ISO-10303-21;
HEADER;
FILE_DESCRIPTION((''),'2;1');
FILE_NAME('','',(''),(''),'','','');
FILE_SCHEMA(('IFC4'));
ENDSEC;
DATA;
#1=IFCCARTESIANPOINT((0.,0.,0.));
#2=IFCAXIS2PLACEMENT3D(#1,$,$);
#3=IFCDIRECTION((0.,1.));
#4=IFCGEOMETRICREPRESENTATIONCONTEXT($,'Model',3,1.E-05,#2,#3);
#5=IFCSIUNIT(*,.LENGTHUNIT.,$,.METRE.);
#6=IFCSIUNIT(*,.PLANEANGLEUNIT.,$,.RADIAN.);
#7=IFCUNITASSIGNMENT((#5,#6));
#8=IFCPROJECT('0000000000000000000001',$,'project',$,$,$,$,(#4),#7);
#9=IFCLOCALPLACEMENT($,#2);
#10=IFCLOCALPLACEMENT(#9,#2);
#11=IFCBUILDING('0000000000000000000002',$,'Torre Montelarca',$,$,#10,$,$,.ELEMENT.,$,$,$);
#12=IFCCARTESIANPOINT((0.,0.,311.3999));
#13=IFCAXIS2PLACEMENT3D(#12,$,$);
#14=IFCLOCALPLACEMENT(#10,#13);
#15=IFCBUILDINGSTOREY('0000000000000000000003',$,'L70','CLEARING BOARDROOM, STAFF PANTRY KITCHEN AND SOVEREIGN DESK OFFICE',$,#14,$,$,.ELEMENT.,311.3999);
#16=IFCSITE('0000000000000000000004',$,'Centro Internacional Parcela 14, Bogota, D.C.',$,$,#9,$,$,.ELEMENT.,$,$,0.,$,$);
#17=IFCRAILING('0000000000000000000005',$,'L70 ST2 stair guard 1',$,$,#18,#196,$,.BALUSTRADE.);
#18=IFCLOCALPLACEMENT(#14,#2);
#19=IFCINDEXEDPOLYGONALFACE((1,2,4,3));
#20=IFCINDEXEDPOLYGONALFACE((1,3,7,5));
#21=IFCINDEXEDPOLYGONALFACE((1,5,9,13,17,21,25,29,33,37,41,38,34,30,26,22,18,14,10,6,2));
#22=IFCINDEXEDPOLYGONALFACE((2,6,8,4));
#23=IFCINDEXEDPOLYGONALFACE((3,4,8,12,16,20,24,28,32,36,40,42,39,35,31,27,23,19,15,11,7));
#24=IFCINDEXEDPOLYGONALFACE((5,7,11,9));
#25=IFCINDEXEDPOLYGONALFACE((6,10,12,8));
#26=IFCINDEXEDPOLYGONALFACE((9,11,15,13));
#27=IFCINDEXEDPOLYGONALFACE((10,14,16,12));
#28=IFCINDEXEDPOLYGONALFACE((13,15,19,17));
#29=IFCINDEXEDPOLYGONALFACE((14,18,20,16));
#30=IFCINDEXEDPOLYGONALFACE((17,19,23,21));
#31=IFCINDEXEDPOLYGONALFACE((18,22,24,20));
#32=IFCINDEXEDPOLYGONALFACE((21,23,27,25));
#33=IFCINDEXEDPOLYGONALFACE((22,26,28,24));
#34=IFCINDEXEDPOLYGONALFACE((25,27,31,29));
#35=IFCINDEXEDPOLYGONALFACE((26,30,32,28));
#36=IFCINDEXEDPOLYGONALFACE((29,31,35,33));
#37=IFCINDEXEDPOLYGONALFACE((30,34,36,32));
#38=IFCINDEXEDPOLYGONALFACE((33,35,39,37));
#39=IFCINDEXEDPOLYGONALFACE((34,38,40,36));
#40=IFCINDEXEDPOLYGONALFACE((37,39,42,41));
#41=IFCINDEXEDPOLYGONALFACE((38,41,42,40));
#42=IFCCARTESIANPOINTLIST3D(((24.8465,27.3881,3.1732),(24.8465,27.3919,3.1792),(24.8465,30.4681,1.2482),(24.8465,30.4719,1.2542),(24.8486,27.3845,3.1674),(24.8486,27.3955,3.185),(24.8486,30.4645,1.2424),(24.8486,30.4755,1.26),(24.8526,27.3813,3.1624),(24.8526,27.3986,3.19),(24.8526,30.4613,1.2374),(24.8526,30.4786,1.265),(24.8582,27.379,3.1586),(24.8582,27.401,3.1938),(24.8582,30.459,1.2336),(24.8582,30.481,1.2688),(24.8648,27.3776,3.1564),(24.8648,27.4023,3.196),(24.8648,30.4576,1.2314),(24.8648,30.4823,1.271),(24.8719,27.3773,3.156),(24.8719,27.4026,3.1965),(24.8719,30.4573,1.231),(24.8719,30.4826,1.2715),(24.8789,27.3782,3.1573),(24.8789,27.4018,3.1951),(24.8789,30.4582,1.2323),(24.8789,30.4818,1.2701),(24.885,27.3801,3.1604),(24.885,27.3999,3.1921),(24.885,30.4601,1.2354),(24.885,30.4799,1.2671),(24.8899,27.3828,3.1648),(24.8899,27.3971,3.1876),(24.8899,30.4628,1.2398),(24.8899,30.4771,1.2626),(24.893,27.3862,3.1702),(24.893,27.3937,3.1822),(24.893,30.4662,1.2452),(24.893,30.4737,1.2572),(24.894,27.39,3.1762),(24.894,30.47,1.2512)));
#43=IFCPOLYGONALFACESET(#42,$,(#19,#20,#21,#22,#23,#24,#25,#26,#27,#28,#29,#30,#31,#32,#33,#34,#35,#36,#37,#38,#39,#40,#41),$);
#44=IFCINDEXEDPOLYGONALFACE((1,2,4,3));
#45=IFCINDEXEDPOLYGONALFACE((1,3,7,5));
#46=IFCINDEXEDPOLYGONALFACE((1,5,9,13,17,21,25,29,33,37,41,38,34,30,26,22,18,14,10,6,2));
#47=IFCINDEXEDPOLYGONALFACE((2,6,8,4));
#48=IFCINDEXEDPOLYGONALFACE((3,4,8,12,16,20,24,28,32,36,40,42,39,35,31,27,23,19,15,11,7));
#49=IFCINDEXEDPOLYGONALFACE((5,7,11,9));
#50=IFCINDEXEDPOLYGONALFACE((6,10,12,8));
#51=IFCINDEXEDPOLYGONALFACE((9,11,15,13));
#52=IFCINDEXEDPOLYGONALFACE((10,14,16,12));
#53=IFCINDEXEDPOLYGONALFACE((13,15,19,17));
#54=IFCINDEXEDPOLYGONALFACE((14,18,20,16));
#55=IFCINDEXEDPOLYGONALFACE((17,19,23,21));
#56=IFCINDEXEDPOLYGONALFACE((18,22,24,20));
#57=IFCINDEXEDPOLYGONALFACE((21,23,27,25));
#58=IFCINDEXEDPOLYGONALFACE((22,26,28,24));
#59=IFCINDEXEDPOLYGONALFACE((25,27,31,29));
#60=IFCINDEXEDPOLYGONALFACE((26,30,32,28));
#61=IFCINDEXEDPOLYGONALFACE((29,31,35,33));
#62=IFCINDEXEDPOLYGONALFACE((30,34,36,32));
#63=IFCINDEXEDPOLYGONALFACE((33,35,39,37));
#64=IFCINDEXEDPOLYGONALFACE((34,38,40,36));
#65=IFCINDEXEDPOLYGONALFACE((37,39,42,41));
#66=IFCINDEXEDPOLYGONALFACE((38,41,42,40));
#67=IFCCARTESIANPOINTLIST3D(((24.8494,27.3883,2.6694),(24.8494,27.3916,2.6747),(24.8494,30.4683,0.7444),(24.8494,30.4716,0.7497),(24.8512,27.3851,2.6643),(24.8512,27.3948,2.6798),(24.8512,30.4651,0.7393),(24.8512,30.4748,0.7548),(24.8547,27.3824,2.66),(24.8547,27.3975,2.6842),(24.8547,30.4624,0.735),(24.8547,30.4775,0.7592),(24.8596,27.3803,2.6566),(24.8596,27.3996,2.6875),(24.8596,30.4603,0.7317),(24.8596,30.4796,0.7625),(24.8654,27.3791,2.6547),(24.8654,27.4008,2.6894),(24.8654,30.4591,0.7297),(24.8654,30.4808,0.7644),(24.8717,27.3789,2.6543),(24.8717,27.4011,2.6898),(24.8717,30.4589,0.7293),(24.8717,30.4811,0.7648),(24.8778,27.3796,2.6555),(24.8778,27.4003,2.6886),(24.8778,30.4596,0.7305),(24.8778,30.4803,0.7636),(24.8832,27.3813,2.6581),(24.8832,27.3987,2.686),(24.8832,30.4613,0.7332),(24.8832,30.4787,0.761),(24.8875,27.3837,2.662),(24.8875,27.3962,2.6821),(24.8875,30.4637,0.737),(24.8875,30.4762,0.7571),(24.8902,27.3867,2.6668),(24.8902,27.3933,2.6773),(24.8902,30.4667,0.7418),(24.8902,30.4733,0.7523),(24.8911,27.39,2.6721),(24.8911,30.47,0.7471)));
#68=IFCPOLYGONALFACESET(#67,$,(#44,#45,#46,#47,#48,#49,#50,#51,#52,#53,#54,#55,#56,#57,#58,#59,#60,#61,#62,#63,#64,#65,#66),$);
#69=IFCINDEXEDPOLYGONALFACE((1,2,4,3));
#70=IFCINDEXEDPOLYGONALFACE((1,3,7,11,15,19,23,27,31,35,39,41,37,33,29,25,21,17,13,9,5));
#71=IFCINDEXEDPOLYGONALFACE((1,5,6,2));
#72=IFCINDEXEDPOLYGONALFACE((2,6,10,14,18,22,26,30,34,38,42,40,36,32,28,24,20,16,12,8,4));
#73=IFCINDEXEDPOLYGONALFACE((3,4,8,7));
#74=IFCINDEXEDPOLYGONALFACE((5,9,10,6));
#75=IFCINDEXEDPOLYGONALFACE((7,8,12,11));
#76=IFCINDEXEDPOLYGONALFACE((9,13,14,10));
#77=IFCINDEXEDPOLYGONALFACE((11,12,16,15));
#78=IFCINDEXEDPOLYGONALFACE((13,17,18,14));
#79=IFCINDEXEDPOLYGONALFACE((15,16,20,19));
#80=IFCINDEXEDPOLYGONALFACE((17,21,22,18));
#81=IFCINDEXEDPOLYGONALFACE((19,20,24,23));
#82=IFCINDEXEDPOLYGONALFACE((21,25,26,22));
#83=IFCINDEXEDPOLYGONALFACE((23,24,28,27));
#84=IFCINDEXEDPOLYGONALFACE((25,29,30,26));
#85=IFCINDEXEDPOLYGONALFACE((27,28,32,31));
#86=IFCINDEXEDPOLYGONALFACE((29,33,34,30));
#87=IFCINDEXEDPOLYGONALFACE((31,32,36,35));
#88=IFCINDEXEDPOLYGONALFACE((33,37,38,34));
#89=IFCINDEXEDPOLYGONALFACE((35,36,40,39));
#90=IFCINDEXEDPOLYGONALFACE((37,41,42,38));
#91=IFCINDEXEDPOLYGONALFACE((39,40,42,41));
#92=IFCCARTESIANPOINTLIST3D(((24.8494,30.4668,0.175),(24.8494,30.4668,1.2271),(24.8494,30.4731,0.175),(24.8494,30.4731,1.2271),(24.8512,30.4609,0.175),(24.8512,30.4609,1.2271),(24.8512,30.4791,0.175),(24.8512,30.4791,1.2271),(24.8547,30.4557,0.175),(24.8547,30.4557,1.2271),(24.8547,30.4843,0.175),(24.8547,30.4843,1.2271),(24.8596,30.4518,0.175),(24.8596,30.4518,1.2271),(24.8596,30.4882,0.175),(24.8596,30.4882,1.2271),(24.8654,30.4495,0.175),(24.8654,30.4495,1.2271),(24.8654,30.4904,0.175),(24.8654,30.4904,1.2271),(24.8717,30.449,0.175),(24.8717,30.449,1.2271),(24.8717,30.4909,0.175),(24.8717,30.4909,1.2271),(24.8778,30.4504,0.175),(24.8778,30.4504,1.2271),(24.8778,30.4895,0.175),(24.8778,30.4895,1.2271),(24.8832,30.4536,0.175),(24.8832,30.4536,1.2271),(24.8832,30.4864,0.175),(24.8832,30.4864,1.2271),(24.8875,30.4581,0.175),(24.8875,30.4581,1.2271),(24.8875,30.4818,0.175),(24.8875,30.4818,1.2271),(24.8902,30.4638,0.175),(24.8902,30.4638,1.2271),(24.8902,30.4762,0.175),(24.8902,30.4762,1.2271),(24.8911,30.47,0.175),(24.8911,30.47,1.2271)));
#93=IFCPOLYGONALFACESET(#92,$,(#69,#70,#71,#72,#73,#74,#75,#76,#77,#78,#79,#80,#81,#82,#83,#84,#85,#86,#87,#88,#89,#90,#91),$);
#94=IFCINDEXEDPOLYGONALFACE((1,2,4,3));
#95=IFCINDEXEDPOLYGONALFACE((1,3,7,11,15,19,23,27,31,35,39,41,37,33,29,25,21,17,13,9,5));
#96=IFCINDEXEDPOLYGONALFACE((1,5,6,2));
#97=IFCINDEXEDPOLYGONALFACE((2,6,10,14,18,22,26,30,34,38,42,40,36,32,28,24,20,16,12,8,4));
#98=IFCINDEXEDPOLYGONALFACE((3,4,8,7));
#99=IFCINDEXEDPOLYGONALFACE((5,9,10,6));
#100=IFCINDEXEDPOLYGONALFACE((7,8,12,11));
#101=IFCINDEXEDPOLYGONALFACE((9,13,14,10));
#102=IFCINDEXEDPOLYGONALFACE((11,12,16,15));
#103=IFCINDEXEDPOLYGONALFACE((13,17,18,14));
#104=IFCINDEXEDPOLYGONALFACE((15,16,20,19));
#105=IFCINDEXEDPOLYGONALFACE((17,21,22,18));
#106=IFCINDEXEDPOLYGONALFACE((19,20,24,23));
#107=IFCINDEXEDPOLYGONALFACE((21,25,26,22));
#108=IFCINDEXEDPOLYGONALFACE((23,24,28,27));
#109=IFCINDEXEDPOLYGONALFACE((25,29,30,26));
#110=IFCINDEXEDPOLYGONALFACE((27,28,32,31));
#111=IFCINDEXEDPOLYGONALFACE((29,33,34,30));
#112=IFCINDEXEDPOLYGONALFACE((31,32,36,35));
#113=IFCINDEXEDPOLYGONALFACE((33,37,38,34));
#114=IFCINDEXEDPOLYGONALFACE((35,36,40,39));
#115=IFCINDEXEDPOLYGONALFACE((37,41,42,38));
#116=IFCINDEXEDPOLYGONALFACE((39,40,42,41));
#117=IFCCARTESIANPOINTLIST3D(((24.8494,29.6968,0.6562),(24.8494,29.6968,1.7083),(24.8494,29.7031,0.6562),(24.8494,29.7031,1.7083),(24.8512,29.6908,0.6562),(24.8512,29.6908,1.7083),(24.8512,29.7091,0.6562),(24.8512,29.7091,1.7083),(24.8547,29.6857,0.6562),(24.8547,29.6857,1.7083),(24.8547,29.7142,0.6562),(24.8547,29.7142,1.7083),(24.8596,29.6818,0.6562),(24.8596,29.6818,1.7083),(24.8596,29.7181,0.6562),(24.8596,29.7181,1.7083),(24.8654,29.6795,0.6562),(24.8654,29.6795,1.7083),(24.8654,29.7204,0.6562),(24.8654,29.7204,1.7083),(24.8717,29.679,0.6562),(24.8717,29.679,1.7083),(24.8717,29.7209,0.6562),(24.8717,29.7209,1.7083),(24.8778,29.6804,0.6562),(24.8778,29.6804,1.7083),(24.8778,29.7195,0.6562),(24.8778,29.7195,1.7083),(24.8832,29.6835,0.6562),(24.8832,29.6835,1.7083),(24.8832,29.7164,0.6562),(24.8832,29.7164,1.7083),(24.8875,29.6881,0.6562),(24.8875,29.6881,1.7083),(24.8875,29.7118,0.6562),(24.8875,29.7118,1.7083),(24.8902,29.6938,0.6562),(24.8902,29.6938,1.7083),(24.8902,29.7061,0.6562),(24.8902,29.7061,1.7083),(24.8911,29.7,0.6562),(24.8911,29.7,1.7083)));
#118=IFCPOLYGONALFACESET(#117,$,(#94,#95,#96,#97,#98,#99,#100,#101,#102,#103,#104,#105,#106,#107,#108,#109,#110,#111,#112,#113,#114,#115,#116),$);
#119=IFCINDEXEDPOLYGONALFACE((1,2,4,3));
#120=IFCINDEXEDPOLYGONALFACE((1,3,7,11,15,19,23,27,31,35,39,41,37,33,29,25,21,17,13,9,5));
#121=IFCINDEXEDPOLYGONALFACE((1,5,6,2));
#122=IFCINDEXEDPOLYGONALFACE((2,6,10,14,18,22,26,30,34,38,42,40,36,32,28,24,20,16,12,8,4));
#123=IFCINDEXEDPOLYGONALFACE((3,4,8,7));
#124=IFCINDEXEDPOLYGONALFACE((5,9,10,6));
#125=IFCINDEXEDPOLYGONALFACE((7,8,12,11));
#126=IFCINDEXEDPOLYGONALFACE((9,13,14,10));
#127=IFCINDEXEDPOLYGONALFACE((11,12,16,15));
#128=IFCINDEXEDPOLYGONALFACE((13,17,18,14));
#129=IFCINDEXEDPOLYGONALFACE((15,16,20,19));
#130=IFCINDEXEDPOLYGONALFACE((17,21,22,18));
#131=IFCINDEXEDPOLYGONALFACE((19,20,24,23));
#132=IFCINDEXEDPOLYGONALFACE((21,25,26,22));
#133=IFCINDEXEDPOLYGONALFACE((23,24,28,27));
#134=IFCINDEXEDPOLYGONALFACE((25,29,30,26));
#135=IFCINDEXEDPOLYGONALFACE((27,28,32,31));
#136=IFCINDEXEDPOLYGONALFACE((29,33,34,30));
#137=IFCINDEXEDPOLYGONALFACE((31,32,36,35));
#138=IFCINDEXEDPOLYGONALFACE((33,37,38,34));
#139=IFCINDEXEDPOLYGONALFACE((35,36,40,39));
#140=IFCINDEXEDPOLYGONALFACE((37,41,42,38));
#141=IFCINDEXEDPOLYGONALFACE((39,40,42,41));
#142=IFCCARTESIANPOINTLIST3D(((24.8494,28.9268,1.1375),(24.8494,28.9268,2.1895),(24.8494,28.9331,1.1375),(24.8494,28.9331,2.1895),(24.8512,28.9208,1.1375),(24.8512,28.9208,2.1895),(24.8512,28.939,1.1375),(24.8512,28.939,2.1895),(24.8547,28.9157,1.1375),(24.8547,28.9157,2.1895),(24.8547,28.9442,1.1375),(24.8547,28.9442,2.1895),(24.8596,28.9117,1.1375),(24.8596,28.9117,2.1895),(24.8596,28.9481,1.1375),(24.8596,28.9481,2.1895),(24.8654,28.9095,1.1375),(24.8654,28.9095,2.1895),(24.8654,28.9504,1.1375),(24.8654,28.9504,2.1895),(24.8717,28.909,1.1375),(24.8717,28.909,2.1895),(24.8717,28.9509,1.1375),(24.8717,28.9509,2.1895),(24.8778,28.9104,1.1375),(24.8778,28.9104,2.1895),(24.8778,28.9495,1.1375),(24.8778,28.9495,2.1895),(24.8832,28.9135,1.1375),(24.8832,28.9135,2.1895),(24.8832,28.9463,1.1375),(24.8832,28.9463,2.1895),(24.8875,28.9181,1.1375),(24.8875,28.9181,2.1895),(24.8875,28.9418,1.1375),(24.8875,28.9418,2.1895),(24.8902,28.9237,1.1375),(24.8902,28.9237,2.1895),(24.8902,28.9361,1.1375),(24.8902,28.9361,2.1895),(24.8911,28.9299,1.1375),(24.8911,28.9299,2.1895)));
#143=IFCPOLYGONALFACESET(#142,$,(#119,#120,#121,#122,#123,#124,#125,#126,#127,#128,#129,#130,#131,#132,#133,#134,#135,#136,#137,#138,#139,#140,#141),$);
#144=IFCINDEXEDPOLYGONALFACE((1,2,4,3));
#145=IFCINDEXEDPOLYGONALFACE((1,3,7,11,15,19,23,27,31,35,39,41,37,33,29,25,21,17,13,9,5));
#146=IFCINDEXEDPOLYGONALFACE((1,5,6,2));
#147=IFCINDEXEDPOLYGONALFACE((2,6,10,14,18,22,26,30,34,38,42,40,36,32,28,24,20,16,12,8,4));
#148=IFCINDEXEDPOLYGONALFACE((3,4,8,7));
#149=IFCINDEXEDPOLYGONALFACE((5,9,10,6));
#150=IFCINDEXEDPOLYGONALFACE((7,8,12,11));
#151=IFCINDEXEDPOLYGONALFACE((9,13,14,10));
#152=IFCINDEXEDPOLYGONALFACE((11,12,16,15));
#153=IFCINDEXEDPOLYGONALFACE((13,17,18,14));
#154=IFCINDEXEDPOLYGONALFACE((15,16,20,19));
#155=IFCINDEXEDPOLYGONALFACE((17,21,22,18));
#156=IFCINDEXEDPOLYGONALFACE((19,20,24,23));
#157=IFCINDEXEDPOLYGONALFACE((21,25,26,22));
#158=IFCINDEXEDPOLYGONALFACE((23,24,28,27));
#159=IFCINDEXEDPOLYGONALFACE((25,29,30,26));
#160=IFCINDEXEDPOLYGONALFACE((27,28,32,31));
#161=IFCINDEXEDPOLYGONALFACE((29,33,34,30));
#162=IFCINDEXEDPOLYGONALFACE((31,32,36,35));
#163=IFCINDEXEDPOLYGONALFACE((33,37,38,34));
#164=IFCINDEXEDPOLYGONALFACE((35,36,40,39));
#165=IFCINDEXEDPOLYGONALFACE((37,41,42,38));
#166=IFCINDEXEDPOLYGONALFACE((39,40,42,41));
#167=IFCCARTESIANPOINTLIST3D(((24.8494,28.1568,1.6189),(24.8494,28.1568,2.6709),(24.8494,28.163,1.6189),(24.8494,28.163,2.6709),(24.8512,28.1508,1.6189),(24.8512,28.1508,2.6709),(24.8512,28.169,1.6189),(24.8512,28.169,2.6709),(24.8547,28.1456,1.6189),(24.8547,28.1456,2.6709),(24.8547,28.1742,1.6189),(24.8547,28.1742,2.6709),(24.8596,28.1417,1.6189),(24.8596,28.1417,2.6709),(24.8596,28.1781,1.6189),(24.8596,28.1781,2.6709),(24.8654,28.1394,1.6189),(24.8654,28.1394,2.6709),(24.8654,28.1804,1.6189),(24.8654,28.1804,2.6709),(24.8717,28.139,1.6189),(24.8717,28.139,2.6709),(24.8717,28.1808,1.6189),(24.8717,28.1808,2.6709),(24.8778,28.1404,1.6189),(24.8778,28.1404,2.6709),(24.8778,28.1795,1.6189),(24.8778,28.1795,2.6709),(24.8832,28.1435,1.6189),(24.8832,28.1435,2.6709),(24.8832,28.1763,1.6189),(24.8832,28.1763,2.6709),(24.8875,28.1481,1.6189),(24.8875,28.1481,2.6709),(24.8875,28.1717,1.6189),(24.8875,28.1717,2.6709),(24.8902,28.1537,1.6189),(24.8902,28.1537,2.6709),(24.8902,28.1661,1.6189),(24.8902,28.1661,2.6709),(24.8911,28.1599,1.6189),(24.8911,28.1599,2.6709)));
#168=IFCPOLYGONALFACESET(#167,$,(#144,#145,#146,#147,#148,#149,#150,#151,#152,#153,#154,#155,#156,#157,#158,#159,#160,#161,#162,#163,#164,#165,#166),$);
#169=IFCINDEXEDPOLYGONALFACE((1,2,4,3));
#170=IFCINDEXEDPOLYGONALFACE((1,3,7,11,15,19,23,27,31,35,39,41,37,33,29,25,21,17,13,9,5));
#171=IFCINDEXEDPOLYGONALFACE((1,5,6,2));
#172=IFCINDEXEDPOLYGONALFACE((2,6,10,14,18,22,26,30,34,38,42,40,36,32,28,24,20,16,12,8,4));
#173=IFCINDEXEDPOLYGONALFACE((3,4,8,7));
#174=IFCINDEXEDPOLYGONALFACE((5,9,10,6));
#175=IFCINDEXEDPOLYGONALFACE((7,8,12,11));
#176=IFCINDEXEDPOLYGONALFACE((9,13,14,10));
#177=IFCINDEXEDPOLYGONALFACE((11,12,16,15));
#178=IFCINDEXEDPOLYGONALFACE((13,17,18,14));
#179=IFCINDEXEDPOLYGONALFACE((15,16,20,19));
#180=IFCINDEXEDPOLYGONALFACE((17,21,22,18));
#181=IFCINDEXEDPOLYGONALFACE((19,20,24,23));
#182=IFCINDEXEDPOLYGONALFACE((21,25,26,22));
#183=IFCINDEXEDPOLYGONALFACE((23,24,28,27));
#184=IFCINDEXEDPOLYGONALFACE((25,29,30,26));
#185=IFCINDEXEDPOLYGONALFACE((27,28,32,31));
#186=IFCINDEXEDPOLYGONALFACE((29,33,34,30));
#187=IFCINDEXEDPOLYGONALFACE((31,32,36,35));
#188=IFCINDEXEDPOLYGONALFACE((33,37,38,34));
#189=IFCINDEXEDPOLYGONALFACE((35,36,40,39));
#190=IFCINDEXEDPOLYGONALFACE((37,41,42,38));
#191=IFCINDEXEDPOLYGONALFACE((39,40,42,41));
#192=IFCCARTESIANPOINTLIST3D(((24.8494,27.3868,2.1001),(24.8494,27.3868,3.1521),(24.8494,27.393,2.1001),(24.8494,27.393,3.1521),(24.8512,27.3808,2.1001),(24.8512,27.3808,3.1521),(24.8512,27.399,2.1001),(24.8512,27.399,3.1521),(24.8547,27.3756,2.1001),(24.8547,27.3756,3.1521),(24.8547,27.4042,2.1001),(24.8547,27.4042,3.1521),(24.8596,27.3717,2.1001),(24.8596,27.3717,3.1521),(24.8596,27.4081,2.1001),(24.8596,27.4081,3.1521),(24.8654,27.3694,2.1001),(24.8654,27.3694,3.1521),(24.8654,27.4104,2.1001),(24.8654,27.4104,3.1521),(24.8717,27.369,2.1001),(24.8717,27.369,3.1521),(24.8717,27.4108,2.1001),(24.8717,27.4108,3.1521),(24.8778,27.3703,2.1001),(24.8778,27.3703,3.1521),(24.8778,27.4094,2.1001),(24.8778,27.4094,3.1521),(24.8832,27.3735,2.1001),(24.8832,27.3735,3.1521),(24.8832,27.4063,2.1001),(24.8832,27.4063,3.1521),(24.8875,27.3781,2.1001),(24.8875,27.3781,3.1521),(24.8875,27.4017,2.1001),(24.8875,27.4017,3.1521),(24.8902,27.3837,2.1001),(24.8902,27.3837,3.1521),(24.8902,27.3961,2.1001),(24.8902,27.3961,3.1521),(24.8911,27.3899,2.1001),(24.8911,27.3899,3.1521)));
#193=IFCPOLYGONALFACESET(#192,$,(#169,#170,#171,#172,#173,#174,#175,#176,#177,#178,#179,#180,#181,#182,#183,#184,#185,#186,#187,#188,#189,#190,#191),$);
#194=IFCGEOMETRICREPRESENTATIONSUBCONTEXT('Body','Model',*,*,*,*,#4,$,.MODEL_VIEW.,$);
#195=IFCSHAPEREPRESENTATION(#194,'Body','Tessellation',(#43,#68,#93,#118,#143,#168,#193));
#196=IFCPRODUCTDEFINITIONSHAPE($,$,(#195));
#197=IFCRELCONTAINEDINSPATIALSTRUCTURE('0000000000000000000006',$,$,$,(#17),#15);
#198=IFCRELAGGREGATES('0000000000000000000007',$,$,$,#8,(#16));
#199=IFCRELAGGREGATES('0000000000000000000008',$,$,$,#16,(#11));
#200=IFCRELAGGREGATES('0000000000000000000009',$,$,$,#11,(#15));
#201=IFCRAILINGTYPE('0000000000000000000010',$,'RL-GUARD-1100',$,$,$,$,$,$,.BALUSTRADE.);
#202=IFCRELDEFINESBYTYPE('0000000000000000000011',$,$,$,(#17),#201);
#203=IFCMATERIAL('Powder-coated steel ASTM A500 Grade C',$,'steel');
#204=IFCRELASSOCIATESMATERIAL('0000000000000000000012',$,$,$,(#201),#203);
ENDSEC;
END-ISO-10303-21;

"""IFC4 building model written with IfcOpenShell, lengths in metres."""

from ifc_helpers import new_model, si_unit, direction, frame, origin, origin_2d, place, context, subcontext, project, spatial, circle, extrude, material, type_object, element, save


model = new_model("IFC4")

# Units and contexts
model_context = context("Model", 3, precision=1e-05, world=origin(), true_north=direction((0.0, 1.0)))
body_context = subcontext(model_context, "Body", "Model", "MODEL_VIEW")
ifc_project = project(units=[si_unit("LENGTHUNIT", "METRE"), si_unit("PLANEANGLEUNIT", "RADIAN")], contexts=[model_context])

# Site, building, storey
site_placement = place(None, origin())
site = spatial("IfcSite", under=ifc_project, at=site_placement, Name="Centro Internacional Parcela 14, Bogota, D.C.", CompositionType="ELEMENT", RefElevation=0.0)
building_placement = place(site_placement, origin())
building = spatial("IfcBuilding", under=site, at=building_placement, Name="Torre Montelarca", CompositionType="ELEMENT")
storey_placement = place(building_placement, frame((0.0, 0.0, 311.3999)))
storey = spatial("IfcBuildingStorey", under=building, at=storey_placement, Name="L70", Description="CLEARING BOARDROOM, STAFF PANTRY KITCHEN AND SOVEREIGN DESK OFFICE", CompositionType="ELEMENT", Elevation=311.3999)

# Railing
ifc_material_1 = material(Name="Powder-coated steel ASTM A500 Grade C", Category="steel")
railing_type_1 = type_object("IfcRailingType", Name="RL-GUARD-1100", PredefinedType="BALUSTRADE", material=ifc_material_1)
railing_1_placement = place(storey_placement, frame((24.8701, 30.47, 0.175)))
element("IfcRailing", 1, at=railing_1_placement, inside=storey, type_object=railing_type_1, Name="L70 ST2 stair guard 1", PredefinedType="BALUSTRADE", context=body_context, shape_type="SweptSolid", body=[
    extrude(circle(Radius=0.0239, at=origin_2d()), frame((0.0, 0.0, 1.0762), z_axis=(0.0, -0.847998, 0.529999), x_axis=(1.0, 0.0, 0.0)), (0.0, 0.0, 1.0), 3.6321),
    extrude(circle(Radius=0.021, at=origin_2d()), frame((0.0, 0.0, 0.572), z_axis=(0.0, -0.847998, 0.529999), x_axis=(1.0, 0.0, 0.0)), (0.0, 0.0, 1.0), 3.6321),
    extrude(circle(Radius=0.021, at=origin_2d()), origin(), (0.0, 0.0, 1.0), 1.052),
    extrude(circle(Radius=0.021, at=origin_2d()), frame((0.0, -0.77, 0.4812)), (0.0, 0.0, 1.0), 1.052),
    extrude(circle(Radius=0.021, at=origin_2d()), frame((0.0, -1.54, 0.9624)), (0.0, 0.0, 1.0), 1.052),
    extrude(circle(Radius=0.021, at=origin_2d()), frame((0.0, -2.3101, 1.4438)), (0.0, 0.0, 1.0), 1.052),
    extrude(circle(Radius=0.021, at=origin_2d()), frame((0.0, -3.0801, 1.925)), (0.0, 0.0, 1.0), 1.052),
])

save(model, "model.ifc")
